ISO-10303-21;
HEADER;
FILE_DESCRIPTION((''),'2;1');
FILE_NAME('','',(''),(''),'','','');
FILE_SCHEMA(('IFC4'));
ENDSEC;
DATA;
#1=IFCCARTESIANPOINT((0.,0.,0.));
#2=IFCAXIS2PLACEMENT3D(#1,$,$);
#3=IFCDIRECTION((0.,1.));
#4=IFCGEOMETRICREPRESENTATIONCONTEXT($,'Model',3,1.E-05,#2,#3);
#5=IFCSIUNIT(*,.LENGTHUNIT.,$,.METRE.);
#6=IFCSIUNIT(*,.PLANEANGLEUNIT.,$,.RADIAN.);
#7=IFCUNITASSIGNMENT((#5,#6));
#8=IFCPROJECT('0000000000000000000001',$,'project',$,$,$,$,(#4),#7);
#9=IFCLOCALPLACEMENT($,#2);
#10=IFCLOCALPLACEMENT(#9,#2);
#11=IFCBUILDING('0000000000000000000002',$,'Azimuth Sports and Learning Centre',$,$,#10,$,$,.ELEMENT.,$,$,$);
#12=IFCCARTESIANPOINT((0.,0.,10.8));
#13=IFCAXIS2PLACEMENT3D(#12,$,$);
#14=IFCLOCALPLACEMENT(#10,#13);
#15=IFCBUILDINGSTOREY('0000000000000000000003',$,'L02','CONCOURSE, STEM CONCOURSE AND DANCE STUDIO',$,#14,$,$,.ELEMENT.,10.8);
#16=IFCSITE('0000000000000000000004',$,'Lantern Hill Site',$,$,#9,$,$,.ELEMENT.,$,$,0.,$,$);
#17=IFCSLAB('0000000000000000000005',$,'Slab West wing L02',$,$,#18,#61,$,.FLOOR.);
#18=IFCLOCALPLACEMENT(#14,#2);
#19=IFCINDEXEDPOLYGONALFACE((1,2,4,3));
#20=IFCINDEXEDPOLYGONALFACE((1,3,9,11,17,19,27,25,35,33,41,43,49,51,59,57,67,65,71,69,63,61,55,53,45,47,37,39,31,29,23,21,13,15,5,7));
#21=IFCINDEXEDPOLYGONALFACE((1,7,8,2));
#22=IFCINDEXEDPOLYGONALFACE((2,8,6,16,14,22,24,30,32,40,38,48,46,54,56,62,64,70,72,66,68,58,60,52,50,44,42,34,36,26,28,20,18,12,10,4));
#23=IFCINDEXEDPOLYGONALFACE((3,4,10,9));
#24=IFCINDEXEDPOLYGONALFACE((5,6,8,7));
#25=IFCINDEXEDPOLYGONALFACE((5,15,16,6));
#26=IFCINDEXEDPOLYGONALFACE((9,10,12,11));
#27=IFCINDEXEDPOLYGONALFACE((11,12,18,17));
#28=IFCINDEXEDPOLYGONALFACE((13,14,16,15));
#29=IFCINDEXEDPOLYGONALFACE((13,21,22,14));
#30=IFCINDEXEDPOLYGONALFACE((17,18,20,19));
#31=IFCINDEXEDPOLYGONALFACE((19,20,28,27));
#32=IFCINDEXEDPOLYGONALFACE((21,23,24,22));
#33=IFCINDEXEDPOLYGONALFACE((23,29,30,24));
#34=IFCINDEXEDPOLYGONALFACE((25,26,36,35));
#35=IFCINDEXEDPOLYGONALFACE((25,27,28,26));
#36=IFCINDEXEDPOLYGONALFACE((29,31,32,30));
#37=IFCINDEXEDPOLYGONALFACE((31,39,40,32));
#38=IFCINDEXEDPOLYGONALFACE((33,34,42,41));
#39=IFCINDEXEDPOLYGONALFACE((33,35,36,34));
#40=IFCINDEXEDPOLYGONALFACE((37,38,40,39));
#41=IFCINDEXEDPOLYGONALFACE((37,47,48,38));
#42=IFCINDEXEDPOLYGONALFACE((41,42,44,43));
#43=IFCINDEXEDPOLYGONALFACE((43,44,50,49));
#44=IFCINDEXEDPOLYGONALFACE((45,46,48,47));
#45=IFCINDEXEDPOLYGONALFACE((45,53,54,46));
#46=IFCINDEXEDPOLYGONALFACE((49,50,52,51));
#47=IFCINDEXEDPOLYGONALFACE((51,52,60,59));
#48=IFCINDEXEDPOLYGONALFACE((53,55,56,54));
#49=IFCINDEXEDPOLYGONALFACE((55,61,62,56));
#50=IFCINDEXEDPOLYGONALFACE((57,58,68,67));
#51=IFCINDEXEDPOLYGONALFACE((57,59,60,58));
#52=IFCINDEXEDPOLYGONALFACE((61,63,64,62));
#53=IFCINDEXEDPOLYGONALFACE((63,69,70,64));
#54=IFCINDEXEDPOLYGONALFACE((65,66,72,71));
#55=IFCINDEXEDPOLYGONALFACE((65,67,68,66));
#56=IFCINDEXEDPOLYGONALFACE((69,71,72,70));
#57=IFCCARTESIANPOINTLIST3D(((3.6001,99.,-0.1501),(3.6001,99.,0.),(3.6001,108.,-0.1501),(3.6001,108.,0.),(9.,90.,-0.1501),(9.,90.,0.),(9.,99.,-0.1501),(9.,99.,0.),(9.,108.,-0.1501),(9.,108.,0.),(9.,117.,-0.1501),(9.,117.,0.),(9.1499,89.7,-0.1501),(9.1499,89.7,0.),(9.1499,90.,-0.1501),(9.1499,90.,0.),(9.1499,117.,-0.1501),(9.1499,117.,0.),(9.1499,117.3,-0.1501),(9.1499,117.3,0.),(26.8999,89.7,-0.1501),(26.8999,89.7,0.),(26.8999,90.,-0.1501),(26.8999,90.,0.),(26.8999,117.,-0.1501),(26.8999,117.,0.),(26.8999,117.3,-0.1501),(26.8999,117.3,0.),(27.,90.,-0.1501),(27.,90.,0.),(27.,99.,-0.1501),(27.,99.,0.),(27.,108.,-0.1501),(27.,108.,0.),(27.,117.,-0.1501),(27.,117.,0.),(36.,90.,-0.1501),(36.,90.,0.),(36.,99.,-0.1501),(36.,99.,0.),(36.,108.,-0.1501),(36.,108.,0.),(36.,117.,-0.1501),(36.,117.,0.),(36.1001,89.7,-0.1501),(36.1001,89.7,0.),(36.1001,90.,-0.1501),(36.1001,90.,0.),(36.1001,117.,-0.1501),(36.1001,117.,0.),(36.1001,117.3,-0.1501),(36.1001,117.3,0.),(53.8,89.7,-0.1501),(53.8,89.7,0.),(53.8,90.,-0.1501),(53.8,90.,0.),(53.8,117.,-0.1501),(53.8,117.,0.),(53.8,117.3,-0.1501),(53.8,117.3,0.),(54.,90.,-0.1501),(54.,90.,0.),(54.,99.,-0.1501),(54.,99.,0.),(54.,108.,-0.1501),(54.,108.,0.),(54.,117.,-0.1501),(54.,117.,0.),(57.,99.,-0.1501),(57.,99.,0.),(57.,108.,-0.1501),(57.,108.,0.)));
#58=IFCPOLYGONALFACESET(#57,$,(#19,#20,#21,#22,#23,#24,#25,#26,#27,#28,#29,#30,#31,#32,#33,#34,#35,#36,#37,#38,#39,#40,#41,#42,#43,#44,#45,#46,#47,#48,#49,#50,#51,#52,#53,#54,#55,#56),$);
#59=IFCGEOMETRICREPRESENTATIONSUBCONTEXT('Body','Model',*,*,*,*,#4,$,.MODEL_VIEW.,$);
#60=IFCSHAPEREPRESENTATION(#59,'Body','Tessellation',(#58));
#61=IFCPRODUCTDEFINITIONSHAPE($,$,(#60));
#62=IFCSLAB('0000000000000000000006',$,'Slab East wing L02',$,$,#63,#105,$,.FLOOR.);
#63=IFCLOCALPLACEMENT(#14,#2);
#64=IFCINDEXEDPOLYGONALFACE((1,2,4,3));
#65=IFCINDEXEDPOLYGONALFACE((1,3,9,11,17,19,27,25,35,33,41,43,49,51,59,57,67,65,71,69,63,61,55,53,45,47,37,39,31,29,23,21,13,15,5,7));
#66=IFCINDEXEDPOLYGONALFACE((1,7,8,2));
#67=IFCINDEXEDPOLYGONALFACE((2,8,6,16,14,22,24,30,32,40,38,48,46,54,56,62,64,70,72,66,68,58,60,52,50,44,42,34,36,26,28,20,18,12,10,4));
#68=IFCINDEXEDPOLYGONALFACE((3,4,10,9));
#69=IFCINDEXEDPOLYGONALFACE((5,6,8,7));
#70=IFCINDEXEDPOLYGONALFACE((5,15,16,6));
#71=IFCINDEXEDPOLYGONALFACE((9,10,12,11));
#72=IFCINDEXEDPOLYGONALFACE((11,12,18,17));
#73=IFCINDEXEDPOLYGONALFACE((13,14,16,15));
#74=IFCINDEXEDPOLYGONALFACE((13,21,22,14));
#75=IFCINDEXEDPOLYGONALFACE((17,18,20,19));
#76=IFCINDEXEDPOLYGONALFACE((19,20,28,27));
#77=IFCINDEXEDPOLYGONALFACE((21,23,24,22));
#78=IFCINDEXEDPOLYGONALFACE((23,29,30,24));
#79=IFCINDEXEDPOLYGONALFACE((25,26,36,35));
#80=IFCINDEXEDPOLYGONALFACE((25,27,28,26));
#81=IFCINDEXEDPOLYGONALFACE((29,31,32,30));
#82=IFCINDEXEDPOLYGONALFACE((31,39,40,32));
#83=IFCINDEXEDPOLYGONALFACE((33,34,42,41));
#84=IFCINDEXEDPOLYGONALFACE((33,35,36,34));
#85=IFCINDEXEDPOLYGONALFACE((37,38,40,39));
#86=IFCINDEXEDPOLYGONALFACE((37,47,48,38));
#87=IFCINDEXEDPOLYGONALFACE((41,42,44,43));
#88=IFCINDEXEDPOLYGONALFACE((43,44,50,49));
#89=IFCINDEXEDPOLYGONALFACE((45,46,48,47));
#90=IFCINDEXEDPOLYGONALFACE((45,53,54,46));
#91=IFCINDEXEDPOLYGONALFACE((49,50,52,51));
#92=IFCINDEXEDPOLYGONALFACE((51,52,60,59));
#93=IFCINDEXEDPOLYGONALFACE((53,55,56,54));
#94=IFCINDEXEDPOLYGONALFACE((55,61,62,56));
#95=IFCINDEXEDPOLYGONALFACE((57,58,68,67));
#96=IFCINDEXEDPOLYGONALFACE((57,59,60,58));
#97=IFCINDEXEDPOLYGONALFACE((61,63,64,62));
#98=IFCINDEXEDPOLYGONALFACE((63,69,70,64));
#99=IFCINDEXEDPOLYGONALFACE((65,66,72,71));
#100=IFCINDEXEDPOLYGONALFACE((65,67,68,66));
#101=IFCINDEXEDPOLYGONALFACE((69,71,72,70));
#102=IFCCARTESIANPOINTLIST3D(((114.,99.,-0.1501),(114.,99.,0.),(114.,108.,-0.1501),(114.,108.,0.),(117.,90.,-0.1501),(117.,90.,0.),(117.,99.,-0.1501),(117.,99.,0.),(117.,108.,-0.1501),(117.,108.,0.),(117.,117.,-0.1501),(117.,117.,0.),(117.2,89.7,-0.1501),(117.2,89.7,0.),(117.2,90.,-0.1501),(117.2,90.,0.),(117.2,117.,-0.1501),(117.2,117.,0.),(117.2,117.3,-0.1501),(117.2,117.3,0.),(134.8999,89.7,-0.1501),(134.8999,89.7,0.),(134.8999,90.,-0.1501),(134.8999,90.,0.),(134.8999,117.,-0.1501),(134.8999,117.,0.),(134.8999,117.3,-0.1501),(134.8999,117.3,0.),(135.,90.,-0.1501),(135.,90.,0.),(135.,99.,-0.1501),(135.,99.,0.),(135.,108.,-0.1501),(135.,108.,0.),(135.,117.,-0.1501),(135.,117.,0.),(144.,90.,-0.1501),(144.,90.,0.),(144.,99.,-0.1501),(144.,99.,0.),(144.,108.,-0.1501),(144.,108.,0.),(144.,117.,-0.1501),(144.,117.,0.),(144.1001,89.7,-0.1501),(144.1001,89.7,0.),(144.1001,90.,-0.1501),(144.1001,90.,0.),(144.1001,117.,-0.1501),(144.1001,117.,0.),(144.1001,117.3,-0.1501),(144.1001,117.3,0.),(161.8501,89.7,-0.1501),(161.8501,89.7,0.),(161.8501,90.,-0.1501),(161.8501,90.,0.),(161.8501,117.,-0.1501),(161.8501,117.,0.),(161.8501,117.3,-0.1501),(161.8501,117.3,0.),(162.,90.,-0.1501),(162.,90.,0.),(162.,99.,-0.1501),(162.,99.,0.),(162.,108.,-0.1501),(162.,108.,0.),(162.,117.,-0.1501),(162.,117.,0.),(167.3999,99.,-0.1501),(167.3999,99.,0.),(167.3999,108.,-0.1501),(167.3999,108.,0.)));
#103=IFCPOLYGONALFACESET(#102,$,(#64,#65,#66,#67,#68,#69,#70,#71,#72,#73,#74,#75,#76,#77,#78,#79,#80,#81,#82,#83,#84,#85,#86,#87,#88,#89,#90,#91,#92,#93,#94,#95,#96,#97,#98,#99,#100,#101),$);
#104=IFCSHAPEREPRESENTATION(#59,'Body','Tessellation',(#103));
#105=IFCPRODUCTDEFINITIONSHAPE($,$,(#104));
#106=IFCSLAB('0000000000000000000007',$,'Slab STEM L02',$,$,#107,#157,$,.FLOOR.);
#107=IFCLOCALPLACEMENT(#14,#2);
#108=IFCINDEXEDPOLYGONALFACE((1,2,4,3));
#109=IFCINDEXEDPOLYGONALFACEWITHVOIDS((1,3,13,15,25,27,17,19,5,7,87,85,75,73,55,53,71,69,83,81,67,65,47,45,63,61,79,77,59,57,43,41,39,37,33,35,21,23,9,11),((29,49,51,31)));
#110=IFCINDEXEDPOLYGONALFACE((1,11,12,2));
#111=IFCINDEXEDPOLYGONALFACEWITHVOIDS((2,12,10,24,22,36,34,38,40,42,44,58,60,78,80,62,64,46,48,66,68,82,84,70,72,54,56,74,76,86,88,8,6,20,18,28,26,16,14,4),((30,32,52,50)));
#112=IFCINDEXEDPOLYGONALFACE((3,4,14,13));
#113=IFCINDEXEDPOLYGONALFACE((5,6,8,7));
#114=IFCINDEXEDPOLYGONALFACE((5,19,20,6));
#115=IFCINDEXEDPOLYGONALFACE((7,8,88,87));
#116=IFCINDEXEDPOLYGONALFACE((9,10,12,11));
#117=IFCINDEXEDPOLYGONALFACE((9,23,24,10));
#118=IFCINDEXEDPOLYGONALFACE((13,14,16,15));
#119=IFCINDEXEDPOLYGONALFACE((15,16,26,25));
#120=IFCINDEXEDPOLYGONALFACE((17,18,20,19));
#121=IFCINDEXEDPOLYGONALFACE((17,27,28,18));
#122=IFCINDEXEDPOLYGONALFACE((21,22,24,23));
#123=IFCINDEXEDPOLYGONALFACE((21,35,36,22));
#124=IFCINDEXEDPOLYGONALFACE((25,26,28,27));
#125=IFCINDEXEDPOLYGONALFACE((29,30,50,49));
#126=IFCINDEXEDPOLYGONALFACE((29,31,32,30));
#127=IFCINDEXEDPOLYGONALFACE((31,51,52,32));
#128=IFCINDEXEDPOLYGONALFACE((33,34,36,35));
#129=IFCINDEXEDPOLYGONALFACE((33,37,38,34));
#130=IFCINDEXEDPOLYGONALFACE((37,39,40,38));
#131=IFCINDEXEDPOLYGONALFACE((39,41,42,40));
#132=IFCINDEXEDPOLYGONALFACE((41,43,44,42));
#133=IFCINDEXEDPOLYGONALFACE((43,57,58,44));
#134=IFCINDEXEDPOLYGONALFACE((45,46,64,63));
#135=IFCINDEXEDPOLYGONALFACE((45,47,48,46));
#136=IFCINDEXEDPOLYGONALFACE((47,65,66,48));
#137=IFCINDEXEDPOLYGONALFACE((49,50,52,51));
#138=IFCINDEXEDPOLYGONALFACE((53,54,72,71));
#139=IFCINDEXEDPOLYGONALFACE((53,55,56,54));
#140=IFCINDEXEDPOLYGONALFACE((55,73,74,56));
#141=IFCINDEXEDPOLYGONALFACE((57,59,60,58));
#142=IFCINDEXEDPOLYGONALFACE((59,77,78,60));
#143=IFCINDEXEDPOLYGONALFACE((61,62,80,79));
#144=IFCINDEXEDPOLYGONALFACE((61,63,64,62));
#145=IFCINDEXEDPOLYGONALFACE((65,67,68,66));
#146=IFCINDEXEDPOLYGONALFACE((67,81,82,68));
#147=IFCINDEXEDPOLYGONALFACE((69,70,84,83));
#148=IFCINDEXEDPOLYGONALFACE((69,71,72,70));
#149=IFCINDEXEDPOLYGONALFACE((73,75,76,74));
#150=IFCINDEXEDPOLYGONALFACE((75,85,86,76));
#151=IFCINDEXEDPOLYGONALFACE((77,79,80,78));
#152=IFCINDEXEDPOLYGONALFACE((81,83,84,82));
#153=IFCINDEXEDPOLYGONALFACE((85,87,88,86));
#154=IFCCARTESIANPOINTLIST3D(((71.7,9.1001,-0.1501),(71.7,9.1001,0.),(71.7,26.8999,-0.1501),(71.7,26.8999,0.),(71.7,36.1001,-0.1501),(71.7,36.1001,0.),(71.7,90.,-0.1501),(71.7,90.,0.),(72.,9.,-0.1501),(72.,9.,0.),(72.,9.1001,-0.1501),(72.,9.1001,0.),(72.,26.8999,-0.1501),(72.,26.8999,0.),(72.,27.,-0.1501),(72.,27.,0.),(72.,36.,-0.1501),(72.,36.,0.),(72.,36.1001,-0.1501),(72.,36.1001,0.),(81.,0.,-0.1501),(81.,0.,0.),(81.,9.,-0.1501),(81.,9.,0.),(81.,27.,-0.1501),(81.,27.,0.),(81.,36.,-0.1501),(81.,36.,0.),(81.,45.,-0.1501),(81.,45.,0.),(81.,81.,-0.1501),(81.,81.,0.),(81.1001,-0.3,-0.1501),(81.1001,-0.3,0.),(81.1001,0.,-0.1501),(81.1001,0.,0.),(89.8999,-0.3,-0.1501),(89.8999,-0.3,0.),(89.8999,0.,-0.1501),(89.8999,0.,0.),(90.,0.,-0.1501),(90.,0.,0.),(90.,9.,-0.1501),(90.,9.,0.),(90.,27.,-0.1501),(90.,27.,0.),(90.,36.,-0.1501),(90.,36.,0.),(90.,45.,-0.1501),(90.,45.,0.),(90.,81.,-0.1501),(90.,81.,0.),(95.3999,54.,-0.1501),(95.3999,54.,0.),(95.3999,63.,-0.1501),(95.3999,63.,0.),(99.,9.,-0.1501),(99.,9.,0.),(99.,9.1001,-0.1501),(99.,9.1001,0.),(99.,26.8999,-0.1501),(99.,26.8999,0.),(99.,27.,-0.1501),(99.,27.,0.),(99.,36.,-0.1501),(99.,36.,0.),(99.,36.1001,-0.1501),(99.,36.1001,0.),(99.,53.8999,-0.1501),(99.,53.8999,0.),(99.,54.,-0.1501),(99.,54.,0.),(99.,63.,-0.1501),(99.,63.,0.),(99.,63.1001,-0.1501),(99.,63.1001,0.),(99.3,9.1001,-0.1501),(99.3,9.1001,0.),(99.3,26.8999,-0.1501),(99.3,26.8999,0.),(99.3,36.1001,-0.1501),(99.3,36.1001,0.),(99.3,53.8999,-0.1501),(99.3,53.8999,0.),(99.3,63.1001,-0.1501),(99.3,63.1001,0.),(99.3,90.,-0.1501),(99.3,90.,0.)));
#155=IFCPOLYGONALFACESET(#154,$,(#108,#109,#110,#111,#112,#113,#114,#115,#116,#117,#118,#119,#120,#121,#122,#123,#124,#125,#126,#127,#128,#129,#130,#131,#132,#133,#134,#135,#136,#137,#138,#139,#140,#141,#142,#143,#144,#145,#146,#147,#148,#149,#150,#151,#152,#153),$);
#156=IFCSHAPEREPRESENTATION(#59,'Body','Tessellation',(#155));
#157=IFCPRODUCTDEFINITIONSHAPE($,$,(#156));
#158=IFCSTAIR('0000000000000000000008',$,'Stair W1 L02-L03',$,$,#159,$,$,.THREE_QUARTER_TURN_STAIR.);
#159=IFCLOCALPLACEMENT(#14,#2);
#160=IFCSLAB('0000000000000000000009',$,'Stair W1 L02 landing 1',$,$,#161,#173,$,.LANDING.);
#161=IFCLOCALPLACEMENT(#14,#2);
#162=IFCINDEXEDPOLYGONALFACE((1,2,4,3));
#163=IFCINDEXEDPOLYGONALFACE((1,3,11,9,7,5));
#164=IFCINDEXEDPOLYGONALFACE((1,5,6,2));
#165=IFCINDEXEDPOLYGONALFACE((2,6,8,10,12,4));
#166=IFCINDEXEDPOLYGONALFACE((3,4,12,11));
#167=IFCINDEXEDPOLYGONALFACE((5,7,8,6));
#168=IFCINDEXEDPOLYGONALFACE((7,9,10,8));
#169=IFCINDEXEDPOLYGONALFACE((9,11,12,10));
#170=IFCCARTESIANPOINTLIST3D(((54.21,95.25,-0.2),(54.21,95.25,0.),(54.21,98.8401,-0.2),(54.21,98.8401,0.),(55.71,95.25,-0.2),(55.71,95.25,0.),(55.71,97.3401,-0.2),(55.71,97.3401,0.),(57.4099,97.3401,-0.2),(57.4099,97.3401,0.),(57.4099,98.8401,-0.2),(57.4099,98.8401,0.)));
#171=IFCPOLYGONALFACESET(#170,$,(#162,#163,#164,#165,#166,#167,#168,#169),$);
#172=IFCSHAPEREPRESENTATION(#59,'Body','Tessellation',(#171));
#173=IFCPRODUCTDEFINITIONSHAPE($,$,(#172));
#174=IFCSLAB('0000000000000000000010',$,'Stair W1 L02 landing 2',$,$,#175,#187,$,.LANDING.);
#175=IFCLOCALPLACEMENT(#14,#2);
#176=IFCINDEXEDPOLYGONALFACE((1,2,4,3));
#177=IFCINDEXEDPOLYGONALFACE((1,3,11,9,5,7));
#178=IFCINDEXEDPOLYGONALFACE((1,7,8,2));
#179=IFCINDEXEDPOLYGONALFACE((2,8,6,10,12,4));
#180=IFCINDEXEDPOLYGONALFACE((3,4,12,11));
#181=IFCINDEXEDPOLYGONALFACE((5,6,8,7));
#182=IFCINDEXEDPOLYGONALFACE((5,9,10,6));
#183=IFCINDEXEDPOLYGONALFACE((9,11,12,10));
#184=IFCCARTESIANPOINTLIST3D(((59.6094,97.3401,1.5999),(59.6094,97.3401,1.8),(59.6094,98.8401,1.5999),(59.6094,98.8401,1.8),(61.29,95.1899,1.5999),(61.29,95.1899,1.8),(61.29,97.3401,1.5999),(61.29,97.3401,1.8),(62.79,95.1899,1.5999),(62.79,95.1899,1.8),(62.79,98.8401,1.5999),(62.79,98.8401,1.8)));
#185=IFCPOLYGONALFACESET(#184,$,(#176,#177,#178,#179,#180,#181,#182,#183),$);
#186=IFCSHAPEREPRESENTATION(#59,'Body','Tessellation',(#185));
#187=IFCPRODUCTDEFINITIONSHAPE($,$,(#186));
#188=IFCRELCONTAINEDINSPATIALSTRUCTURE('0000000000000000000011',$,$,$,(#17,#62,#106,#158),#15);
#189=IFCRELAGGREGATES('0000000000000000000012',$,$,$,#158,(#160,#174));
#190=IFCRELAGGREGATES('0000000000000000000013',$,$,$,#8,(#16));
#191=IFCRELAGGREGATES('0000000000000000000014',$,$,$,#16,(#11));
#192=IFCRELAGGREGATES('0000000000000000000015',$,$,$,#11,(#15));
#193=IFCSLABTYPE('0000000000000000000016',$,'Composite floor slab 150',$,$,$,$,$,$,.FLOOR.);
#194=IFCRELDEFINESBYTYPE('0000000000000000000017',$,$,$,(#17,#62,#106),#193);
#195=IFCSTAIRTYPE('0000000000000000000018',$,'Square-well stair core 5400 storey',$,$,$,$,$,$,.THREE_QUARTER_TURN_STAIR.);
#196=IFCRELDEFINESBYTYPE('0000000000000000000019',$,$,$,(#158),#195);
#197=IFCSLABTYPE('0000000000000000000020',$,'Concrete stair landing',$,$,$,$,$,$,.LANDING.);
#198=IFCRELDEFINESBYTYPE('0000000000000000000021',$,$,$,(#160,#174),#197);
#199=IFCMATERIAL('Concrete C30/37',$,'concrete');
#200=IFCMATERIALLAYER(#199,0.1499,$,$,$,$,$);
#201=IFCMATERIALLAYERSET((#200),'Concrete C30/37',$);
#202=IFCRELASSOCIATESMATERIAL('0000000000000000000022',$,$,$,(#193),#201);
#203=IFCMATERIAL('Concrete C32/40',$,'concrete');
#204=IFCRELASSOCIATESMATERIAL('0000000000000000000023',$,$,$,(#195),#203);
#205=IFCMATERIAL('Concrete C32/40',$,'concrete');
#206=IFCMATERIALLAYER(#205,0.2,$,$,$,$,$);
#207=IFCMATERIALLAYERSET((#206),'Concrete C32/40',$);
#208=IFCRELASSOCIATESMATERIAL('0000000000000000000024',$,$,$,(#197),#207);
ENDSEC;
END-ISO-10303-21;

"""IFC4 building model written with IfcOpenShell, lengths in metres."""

from ifc_helpers import new_model, si_unit, direction, frame, origin, place, context, subcontext, project, spatial, polyline, outline, extrude, material, layer, layer_set, type_object, element, aggregate, save


model = new_model("IFC4")

# Units and contexts
model_context = context("Model", 3, precision=1e-05, world=origin(), true_north=direction((0.0, 1.0)))
body_context = subcontext(model_context, "Body", "Model", "MODEL_VIEW")
ifc_project = project(units=[si_unit("LENGTHUNIT", "METRE"), si_unit("PLANEANGLEUNIT", "RADIAN")], contexts=[model_context])

# Site, building, storey
site_placement = place(None, origin())
site = spatial("IfcSite", under=ifc_project, at=site_placement, Name="Lantern Hill Site", CompositionType="ELEMENT", RefElevation=0.0)
building_placement = place(site_placement, origin())
building = spatial("IfcBuilding", under=site, at=building_placement, Name="Azimuth Sports and Learning Centre", CompositionType="ELEMENT")
storey_placement = place(building_placement, frame((0.0, 0.0, 10.8)))
storey = spatial("IfcBuildingStorey", under=building, at=storey_placement, Name="L02", Description="CONCOURSE, STEM CONCOURSE AND DANCE STUDIO", CompositionType="ELEMENT", Elevation=10.8)

# Slabs
ifc_material_1 = material(Name="Concrete C30/37", Category="concrete")
ifc_layer_1 = layer(ifc_material_1, 0.1499)
ifc_layer_set_1 = layer_set([ifc_layer_1], Name="Concrete C30/37")
slab_type_1 = type_object("IfcSlabType", Name="Composite floor slab 150", PredefinedType="FLOOR", material=ifc_layer_set_1)
slab_1_placement = place(storey_placement, frame((0.0, 0.0, -0.1501)))
element("IfcSlab", 1, at=slab_1_placement, inside=storey, type_object=slab_type_1, Name="Slab West wing L02", PredefinedType="FLOOR", context=body_context, shape_type="SweptSolid", body=[
    extrude(outline(polyline([(9.1499, 89.7), (26.8999, 89.7), (26.8999, 90.0), (27.0, 90.0), (27.0, 99.0), (36.0, 99.0), (36.0, 90.0), (36.1001, 90.0), (36.1001, 89.7), (53.8, 89.7), (53.8, 90.0), (54.0, 90.0), (54.0, 99.0), (57.0, 99.0), (57.0, 108.0), (54.0, 108.0), (54.0, 117.0), (53.8, 117.0), (53.8, 117.3), (36.1001, 117.3), (36.1001, 117.0), (36.0, 117.0), (36.0, 108.0), (27.0, 108.0), (27.0, 117.0), (26.8999, 117.0), (26.8999, 117.3), (9.1499, 117.3), (9.1499, 117.0), (9.0, 117.0), (9.0, 108.0), (3.6001, 108.0), (3.6001, 99.0), (9.0, 99.0), (9.0, 90.0), (9.1499, 90.0), (9.1499, 89.7)])), origin(), (0.0, 0.0, 1.0), 0.1501),
])
slab_2_placement = place(storey_placement, frame((0.0, 0.0, -0.1501)))
element("IfcSlab", 2, at=slab_2_placement, inside=storey, type_object=slab_type_1, Name="Slab East wing L02", PredefinedType="FLOOR", context=body_context, shape_type="SweptSolid", body=[
    extrude(outline(polyline([(117.2, 89.7), (134.8999, 89.7), (134.8999, 90.0), (135.0, 90.0), (135.0, 99.0), (144.0, 99.0), (144.0, 90.0), (144.1001, 90.0), (144.1001, 89.7), (161.8501, 89.7), (161.8501, 90.0), (162.0, 90.0), (162.0, 99.0), (167.3999, 99.0), (167.3999, 108.0), (162.0, 108.0), (162.0, 117.0), (161.8501, 117.0), (161.8501, 117.3), (144.1001, 117.3), (144.1001, 117.0), (144.0, 117.0), (144.0, 108.0), (135.0, 108.0), (135.0, 117.0), (134.8999, 117.0), (134.8999, 117.3), (117.2, 117.3), (117.2, 117.0), (117.0, 117.0), (117.0, 108.0), (114.0, 108.0), (114.0, 99.0), (117.0, 99.0), (117.0, 90.0), (117.2, 90.0), (117.2, 89.7)])), origin(), (0.0, 0.0, 1.0), 0.1501),
])
slab_3_placement = place(storey_placement, frame((0.0, 0.0, -0.1501)))
element("IfcSlab", 3, at=slab_3_placement, inside=storey, type_object=slab_type_1, Name="Slab STEM L02", PredefinedType="FLOOR", context=body_context, shape_type="SweptSolid", body=[
    extrude(outline(polyline([(81.1001, -0.3), (89.8999, -0.3), (89.8999, 0.0), (90.0, 0.0), (90.0, 9.0), (99.0, 9.0), (99.0, 9.1001), (99.3, 9.1001), (99.3, 26.8999), (99.0, 26.8999), (99.0, 27.0), (90.0, 27.0), (90.0, 36.0), (99.0, 36.0), (99.0, 36.1001), (99.3, 36.1001), (99.3, 53.8999), (99.0, 53.8999), (99.0, 54.0), (95.3999, 54.0), (95.3999, 63.0), (99.0, 63.0), (99.0, 63.1001), (99.3, 63.1001), (99.3, 90.0), (71.7, 90.0), (71.7, 36.1001), (72.0, 36.1001), (72.0, 36.0), (81.0, 36.0), (81.0, 27.0), (72.0, 27.0), (72.0, 26.8999), (71.7, 26.8999), (71.7, 9.1001), (72.0, 9.1001), (72.0, 9.0), (81.0, 9.0), (81.0, 0.0), (81.1001, 0.0), (81.1001, -0.3)]), holes=[polyline([(81.0, 45.0), (81.0, 81.0), (90.0, 81.0), (90.0, 45.0), (81.0, 45.0)])]), origin(), (0.0, 0.0, 1.0), 0.1501),
])

# Stair, slabs
ifc_material_2 = material(Name="Concrete C32/40", Category="concrete")
stair_type_1 = type_object("IfcStairType", Name="Square-well stair core 5400 storey", PredefinedType="THREE_QUARTER_TURN_STAIR", material=ifc_material_2)
stair_1_placement = place(storey_placement, origin())
stair_1 = element("IfcStair", 4, at=stair_1_placement, inside=storey, type_object=stair_type_1, Name="Stair W1 L02-L03", PredefinedType="THREE_QUARTER_TURN_STAIR")
ifc_material_3 = material(Name="Concrete C32/40", Category="concrete")
ifc_layer_2 = layer(ifc_material_3, 0.2)
ifc_layer_set_2 = layer_set([ifc_layer_2], Name="Concrete C32/40")
slab_type_2 = type_object("IfcSlabType", Name="Concrete stair landing", PredefinedType="LANDING", material=ifc_layer_set_2)
slab_4_placement = place(storey_placement, frame((0.0, 0.0, -0.2)))
slab_4 = element("IfcSlab", 5, at=slab_4_placement, type_object=slab_type_2, Name="Stair W1 L02 landing 1", PredefinedType="LANDING", context=body_context, shape_type="SweptSolid", body=[
    extrude(outline(polyline([(54.21, 98.8401), (54.21, 95.25), (55.71, 95.25), (55.71, 97.3401), (57.4099, 97.3401), (57.4099, 98.8401), (54.21, 98.8401)])), origin(), (0.0, 0.0, 1.0), 0.2),
])
slab_5_placement = place(storey_placement, frame((0.0, 0.0, 1.5999)))
slab_5 = element("IfcSlab", 6, at=slab_5_placement, type_object=slab_type_2, Name="Stair W1 L02 landing 2", PredefinedType="LANDING", context=body_context, shape_type="SweptSolid", body=[
    extrude(outline(polyline([(61.29, 97.3401), (61.29, 95.1899), (62.79, 95.1899), (62.79, 98.8401), (59.6094, 98.8401), (59.6094, 97.3401), (61.29, 97.3401)])), origin(), (0.0, 0.0, 1.0), 0.2002),
])
aggregate(stair_1, [slab_4, slab_5])

save(model, "model.ifc")
